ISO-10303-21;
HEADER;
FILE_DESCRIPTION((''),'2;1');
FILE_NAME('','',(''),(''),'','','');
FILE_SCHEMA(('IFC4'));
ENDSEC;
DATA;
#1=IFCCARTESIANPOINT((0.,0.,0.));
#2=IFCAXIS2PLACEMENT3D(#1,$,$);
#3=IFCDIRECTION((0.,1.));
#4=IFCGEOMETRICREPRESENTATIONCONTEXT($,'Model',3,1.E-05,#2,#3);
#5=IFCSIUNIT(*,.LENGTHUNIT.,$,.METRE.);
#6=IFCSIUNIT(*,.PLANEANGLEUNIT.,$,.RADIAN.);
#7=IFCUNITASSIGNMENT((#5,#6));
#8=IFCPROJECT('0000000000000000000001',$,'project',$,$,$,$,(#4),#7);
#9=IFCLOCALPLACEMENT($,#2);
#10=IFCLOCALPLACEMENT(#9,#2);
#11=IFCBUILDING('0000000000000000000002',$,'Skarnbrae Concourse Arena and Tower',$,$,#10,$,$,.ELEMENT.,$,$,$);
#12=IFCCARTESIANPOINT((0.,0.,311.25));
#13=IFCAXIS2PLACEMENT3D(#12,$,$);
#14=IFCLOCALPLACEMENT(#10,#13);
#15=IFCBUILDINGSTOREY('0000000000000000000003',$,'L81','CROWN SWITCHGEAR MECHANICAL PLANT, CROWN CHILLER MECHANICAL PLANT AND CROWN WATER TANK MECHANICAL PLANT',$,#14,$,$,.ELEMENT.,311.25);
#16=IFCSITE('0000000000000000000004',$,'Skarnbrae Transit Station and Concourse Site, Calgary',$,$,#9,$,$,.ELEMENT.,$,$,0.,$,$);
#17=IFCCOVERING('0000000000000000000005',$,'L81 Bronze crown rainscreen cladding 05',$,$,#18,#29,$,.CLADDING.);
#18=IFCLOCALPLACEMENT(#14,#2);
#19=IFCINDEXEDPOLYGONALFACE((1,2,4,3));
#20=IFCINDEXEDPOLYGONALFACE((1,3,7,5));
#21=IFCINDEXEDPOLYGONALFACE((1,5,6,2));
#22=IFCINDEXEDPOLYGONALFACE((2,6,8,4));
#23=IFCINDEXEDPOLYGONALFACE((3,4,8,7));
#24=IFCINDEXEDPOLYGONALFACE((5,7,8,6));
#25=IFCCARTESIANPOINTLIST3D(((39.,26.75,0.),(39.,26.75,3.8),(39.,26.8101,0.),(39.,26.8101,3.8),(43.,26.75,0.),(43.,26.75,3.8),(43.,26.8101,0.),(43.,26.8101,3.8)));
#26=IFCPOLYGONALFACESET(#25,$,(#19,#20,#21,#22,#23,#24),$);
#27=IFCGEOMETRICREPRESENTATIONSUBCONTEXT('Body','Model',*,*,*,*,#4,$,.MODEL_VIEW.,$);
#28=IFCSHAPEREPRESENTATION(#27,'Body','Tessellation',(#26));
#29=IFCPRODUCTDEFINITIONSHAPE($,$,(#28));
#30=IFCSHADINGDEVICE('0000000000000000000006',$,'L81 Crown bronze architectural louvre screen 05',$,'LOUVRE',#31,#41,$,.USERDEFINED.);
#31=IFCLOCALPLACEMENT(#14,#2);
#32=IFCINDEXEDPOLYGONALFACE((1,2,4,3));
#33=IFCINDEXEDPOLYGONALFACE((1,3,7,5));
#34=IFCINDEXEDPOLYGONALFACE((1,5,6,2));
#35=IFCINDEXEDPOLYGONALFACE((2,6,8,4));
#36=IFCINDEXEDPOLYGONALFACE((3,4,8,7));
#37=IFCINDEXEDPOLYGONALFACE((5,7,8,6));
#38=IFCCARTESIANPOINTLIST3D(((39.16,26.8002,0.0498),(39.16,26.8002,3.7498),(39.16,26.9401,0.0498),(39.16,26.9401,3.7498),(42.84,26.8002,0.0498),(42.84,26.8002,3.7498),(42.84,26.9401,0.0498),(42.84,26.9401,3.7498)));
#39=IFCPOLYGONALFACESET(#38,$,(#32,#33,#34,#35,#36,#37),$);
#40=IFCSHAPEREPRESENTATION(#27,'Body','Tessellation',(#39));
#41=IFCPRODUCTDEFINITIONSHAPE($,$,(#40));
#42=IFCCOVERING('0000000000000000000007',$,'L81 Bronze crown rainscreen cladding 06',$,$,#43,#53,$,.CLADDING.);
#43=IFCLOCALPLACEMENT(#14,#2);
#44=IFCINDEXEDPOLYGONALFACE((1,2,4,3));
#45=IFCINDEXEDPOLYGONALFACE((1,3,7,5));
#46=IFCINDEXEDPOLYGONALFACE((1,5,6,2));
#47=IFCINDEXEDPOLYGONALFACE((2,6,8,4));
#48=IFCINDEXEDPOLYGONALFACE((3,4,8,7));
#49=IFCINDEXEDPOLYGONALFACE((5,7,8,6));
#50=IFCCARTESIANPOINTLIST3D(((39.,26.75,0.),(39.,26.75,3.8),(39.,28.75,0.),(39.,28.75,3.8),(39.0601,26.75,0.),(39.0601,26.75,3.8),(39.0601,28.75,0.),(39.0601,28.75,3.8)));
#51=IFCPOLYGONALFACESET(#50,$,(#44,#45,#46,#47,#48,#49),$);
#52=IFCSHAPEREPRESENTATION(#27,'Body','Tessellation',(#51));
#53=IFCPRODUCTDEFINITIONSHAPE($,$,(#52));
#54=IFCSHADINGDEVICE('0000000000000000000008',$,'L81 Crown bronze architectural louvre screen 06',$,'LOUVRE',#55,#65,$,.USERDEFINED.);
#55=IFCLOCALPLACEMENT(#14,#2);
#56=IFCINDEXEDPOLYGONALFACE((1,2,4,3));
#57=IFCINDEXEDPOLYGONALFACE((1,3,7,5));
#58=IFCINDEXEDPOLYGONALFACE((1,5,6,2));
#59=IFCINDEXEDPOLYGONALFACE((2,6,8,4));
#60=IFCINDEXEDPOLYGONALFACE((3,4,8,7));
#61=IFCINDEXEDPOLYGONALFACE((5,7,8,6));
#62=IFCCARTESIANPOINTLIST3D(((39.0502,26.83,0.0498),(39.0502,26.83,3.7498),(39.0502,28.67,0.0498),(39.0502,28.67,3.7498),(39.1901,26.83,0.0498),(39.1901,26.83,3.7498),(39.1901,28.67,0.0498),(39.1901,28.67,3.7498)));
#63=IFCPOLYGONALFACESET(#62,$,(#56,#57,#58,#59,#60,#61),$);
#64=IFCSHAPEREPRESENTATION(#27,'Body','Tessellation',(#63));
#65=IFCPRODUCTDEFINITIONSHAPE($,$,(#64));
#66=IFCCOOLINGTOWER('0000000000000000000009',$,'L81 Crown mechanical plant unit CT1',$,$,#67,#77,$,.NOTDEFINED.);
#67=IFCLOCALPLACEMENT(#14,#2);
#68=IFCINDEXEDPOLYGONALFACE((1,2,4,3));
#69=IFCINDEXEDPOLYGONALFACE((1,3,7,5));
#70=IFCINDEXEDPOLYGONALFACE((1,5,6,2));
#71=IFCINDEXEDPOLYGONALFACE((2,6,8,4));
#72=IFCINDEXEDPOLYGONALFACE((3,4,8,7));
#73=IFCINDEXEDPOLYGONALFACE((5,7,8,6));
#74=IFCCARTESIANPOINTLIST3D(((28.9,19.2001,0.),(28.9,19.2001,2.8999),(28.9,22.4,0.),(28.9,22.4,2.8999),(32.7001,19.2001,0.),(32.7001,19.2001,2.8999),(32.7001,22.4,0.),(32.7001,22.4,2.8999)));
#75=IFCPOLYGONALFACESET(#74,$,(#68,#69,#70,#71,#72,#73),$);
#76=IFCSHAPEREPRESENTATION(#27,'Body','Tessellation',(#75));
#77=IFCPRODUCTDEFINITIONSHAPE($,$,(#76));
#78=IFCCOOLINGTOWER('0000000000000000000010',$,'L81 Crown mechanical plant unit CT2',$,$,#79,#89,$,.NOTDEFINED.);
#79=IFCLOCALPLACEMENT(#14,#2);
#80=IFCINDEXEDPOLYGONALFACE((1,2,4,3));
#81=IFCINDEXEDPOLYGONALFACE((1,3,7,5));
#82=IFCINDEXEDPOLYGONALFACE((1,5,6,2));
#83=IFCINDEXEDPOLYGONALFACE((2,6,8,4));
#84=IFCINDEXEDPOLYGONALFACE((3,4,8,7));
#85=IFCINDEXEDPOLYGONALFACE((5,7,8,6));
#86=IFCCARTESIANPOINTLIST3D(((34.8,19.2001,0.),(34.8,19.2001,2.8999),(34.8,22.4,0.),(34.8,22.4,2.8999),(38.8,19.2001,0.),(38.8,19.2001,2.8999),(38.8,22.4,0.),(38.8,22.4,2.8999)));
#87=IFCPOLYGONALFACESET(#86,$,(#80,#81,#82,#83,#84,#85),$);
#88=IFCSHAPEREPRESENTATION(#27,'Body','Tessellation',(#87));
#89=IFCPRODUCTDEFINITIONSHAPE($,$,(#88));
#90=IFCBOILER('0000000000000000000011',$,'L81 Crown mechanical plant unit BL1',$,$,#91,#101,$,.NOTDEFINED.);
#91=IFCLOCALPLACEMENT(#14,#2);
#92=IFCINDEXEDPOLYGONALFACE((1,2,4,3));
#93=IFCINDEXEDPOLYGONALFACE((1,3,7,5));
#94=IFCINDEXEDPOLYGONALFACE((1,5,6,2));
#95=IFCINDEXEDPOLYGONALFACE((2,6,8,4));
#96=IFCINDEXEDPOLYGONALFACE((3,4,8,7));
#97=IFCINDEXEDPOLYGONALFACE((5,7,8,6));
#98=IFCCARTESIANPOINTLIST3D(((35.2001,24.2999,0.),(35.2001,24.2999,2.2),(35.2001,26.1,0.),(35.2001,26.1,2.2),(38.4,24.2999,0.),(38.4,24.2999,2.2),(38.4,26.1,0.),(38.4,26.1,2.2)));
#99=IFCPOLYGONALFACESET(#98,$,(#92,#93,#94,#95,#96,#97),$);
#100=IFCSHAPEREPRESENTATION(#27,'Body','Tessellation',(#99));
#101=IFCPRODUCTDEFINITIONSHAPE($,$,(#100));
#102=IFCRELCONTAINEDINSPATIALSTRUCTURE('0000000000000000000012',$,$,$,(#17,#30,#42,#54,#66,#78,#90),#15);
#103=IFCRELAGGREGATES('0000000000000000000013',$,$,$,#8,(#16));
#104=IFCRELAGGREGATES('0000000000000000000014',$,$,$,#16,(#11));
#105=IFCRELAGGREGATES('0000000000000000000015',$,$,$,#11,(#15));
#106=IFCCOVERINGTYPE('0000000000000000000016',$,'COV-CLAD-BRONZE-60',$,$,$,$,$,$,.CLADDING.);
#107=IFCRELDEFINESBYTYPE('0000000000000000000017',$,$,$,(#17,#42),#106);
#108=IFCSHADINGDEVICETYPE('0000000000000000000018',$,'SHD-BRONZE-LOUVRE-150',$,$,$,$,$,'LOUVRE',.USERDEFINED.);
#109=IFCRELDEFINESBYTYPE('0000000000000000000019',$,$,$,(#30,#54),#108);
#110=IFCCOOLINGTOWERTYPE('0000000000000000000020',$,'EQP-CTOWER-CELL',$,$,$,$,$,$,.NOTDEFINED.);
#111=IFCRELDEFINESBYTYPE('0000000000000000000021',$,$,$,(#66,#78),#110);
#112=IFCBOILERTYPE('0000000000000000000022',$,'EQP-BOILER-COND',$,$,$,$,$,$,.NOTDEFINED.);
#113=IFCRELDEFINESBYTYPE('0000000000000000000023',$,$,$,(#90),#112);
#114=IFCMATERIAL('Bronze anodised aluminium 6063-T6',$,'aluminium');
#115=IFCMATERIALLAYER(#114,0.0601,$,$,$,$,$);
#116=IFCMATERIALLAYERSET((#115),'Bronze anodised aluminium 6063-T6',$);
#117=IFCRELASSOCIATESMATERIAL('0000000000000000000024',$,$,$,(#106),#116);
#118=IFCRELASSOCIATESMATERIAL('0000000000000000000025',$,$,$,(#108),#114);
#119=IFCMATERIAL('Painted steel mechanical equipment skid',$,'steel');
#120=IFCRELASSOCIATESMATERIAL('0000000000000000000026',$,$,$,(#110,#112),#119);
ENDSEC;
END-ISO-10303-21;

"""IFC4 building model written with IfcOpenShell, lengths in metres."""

from ifc_helpers import new_model, si_unit, direction, frame, origin, origin_2d, place, context, subcontext, project, spatial, rectangle, extrude, source, transform, mapped, material, layer, layer_set, type_object, element, save


model = new_model("IFC4")

# Units and contexts
model_context = context("Model", 3, precision=1e-05, world=origin(), true_north=direction((0.0, 1.0)))
body_context = subcontext(model_context, "Body", "Model", "MODEL_VIEW")
ifc_project = project(units=[si_unit("LENGTHUNIT", "METRE"), si_unit("PLANEANGLEUNIT", "RADIAN")], contexts=[model_context])

# Site, building, storey
site_placement = place(None, origin())
site = spatial("IfcSite", under=ifc_project, at=site_placement, Name="Skarnbrae Transit Station and Concourse Site, Calgary", CompositionType="ELEMENT", RefElevation=0.0)
building_placement = place(site_placement, origin())
building = spatial("IfcBuilding", under=site, at=building_placement, Name="Skarnbrae Concourse Arena and Tower", CompositionType="ELEMENT")
storey_placement = place(building_placement, frame((0.0, 0.0, 311.25)))
storey = spatial("IfcBuildingStorey", under=building, at=storey_placement, Name="L81", Description="CROWN SWITCHGEAR MECHANICAL PLANT, CROWN CHILLER MECHANICAL PLANT AND CROWN WATER TANK MECHANICAL PLANT", CompositionType="ELEMENT", Elevation=311.25)

# Covering
ifc_material_1 = material(Name="Bronze anodised aluminium 6063-T6", Category="aluminium")
ifc_layer_1 = layer(ifc_material_1, 0.0601)
ifc_layer_set_1 = layer_set([ifc_layer_1], Name="Bronze anodised aluminium 6063-T6")
covering_type = type_object("IfcCoveringType", Name="COV-CLAD-BRONZE-60", PredefinedType="CLADDING", material=ifc_layer_set_1)
shared_shape_1 = source(origin(), body_context, "Body", "SweptSolid", [
    extrude(rectangle(XDim=4.0, YDim=0.0601, at=origin_2d()), origin(), (0.0, 0.0, 1.0), 3.8),
])
covering_1_placement = place(storey_placement, frame((41.0, 26.78, 0.0), z_axis=(0.0, 0.0, 1.0), x_axis=(-1.0, 0.0, 0.0)))
element("IfcCovering", 1, at=covering_1_placement, inside=storey, type_object=covering_type, Name="L81 Bronze crown rainscreen cladding 05", PredefinedType="CLADDING", context=body_context, shape_type="MappedRepresentation", body=[
    mapped(shared_shape_1, transform((0.0, 0.0, 0.0))),
])

# Shading device
shading_device_type = type_object("IfcShadingDeviceType", Name="SHD-BRONZE-LOUVRE-150", ElementType="LOUVRE", PredefinedType="USERDEFINED", material=ifc_material_1)
shared_shape_2 = source(origin(), body_context, "Body", "SweptSolid", [
    extrude(rectangle(XDim=3.6799, YDim=0.1399, at=origin_2d()), origin(), (0.0, 0.0, 1.0), 3.7),
])
shading_device_1_placement = place(storey_placement, frame((41.0, 26.8701, 0.0498), z_axis=(0.0, 0.0, 1.0), x_axis=(-1.0, 0.0, 0.0)))
element("IfcShadingDevice", 2, at=shading_device_1_placement, inside=storey, type_object=shading_device_type, Name="L81 Crown bronze architectural louvre screen 05", ObjectType="LOUVRE", PredefinedType="USERDEFINED", context=body_context, shape_type="MappedRepresentation", body=[
    mapped(shared_shape_2, transform((0.0, 0.0, 0.0))),
])

# Covering
shared_shape_3 = source(origin(), body_context, "Body", "SweptSolid", [
    extrude(rectangle(XDim=2.0, YDim=0.0601, at=origin_2d()), origin(), (0.0, 0.0, 1.0), 3.8),
])
covering_2_placement = place(storey_placement, frame((39.03, 27.75, 0.0), z_axis=(0.0, 0.0, 1.0), x_axis=(0.0, 1.0, 0.0)))
element("IfcCovering", 3, at=covering_2_placement, inside=storey, type_object=covering_type, Name="L81 Bronze crown rainscreen cladding 06", PredefinedType="CLADDING", context=body_context, shape_type="MappedRepresentation", body=[
    mapped(shared_shape_3, transform((0.0, 0.0, 0.0))),
])

# Shading device
shared_shape_4 = source(origin(), body_context, "Body", "SweptSolid", [
    extrude(rectangle(XDim=1.8401, YDim=0.1399, at=origin_2d()), origin(), (0.0, 0.0, 1.0), 3.7),
])
shading_device_2_placement = place(storey_placement, frame((39.1201, 27.75, 0.0498), z_axis=(0.0, 0.0, 1.0), x_axis=(0.0, 1.0, 0.0)))
element("IfcShadingDevice", 4, at=shading_device_2_placement, inside=storey, type_object=shading_device_type, Name="L81 Crown bronze architectural louvre screen 06", ObjectType="LOUVRE", PredefinedType="USERDEFINED", context=body_context, shape_type="MappedRepresentation", body=[
    mapped(shared_shape_4, transform((0.0, 0.0, 0.0))),
])

# Cooling towers
ifc_material_2 = material(Name="Painted steel mechanical equipment skid", Category="steel")
cooling_tower_type = type_object("IfcCoolingTowerType", Name="EQP-CTOWER-CELL", PredefinedType="NOTDEFINED", material=ifc_material_2)
shared_shape_5 = source(origin(), body_context, "Body", "SweptSolid", [
    extrude(rectangle(XDim=3.8, YDim=3.2, at=origin_2d()), origin(), (0.0, 0.0, 1.0), 2.8999),
])
cooling_tower_1_placement = place(storey_placement, frame((30.8, 20.8, 0.0), z_axis=(0.0, 0.0, 1.0), x_axis=(1.0, 0.0, 0.0)))
element("IfcCoolingTower", 5, at=cooling_tower_1_placement, inside=storey, type_object=cooling_tower_type, Name="L81 Crown mechanical plant unit CT1", PredefinedType="NOTDEFINED", context=body_context, shape_type="MappedRepresentation", body=[
    mapped(shared_shape_5, transform((0.0, 0.0, 0.0))),
])
shared_shape_6 = source(origin(), body_context, "Body", "SweptSolid", [
    extrude(rectangle(XDim=4.0, YDim=3.2, at=origin_2d()), origin(), (0.0, 0.0, 1.0), 2.8999),
])
cooling_tower_2_placement = place(storey_placement, frame((36.8, 20.8, 0.0), z_axis=(0.0, 0.0, 1.0), x_axis=(1.0, 0.0, 0.0)))
element("IfcCoolingTower", 6, at=cooling_tower_2_placement, inside=storey, type_object=cooling_tower_type, Name="L81 Crown mechanical plant unit CT2", PredefinedType="NOTDEFINED", context=body_context, shape_type="MappedRepresentation", body=[
    mapped(shared_shape_6, transform((0.0, 0.0, 0.0))),
])

# Boiler
boiler_type = type_object("IfcBoilerType", Name="EQP-BOILER-COND", PredefinedType="NOTDEFINED", material=ifc_material_2)
shared_shape_7 = source(origin(), body_context, "Body", "SweptSolid", [
    extrude(rectangle(XDim=3.2, YDim=1.8, at=origin_2d()), origin(), (0.0, 0.0, 1.0), 2.2),
])
boiler_placement = place(storey_placement, frame((36.8, 25.2, 0.0), z_axis=(0.0, 0.0, 1.0), x_axis=(1.0, 0.0, 0.0)))
element("IfcBoiler", 7, at=boiler_placement, inside=storey, type_object=boiler_type, Name="L81 Crown mechanical plant unit BL1", PredefinedType="NOTDEFINED", context=body_context, shape_type="MappedRepresentation", body=[
    mapped(shared_shape_7, transform((0.0, 0.0, 0.0))),
])

save(model, "model.ifc")
